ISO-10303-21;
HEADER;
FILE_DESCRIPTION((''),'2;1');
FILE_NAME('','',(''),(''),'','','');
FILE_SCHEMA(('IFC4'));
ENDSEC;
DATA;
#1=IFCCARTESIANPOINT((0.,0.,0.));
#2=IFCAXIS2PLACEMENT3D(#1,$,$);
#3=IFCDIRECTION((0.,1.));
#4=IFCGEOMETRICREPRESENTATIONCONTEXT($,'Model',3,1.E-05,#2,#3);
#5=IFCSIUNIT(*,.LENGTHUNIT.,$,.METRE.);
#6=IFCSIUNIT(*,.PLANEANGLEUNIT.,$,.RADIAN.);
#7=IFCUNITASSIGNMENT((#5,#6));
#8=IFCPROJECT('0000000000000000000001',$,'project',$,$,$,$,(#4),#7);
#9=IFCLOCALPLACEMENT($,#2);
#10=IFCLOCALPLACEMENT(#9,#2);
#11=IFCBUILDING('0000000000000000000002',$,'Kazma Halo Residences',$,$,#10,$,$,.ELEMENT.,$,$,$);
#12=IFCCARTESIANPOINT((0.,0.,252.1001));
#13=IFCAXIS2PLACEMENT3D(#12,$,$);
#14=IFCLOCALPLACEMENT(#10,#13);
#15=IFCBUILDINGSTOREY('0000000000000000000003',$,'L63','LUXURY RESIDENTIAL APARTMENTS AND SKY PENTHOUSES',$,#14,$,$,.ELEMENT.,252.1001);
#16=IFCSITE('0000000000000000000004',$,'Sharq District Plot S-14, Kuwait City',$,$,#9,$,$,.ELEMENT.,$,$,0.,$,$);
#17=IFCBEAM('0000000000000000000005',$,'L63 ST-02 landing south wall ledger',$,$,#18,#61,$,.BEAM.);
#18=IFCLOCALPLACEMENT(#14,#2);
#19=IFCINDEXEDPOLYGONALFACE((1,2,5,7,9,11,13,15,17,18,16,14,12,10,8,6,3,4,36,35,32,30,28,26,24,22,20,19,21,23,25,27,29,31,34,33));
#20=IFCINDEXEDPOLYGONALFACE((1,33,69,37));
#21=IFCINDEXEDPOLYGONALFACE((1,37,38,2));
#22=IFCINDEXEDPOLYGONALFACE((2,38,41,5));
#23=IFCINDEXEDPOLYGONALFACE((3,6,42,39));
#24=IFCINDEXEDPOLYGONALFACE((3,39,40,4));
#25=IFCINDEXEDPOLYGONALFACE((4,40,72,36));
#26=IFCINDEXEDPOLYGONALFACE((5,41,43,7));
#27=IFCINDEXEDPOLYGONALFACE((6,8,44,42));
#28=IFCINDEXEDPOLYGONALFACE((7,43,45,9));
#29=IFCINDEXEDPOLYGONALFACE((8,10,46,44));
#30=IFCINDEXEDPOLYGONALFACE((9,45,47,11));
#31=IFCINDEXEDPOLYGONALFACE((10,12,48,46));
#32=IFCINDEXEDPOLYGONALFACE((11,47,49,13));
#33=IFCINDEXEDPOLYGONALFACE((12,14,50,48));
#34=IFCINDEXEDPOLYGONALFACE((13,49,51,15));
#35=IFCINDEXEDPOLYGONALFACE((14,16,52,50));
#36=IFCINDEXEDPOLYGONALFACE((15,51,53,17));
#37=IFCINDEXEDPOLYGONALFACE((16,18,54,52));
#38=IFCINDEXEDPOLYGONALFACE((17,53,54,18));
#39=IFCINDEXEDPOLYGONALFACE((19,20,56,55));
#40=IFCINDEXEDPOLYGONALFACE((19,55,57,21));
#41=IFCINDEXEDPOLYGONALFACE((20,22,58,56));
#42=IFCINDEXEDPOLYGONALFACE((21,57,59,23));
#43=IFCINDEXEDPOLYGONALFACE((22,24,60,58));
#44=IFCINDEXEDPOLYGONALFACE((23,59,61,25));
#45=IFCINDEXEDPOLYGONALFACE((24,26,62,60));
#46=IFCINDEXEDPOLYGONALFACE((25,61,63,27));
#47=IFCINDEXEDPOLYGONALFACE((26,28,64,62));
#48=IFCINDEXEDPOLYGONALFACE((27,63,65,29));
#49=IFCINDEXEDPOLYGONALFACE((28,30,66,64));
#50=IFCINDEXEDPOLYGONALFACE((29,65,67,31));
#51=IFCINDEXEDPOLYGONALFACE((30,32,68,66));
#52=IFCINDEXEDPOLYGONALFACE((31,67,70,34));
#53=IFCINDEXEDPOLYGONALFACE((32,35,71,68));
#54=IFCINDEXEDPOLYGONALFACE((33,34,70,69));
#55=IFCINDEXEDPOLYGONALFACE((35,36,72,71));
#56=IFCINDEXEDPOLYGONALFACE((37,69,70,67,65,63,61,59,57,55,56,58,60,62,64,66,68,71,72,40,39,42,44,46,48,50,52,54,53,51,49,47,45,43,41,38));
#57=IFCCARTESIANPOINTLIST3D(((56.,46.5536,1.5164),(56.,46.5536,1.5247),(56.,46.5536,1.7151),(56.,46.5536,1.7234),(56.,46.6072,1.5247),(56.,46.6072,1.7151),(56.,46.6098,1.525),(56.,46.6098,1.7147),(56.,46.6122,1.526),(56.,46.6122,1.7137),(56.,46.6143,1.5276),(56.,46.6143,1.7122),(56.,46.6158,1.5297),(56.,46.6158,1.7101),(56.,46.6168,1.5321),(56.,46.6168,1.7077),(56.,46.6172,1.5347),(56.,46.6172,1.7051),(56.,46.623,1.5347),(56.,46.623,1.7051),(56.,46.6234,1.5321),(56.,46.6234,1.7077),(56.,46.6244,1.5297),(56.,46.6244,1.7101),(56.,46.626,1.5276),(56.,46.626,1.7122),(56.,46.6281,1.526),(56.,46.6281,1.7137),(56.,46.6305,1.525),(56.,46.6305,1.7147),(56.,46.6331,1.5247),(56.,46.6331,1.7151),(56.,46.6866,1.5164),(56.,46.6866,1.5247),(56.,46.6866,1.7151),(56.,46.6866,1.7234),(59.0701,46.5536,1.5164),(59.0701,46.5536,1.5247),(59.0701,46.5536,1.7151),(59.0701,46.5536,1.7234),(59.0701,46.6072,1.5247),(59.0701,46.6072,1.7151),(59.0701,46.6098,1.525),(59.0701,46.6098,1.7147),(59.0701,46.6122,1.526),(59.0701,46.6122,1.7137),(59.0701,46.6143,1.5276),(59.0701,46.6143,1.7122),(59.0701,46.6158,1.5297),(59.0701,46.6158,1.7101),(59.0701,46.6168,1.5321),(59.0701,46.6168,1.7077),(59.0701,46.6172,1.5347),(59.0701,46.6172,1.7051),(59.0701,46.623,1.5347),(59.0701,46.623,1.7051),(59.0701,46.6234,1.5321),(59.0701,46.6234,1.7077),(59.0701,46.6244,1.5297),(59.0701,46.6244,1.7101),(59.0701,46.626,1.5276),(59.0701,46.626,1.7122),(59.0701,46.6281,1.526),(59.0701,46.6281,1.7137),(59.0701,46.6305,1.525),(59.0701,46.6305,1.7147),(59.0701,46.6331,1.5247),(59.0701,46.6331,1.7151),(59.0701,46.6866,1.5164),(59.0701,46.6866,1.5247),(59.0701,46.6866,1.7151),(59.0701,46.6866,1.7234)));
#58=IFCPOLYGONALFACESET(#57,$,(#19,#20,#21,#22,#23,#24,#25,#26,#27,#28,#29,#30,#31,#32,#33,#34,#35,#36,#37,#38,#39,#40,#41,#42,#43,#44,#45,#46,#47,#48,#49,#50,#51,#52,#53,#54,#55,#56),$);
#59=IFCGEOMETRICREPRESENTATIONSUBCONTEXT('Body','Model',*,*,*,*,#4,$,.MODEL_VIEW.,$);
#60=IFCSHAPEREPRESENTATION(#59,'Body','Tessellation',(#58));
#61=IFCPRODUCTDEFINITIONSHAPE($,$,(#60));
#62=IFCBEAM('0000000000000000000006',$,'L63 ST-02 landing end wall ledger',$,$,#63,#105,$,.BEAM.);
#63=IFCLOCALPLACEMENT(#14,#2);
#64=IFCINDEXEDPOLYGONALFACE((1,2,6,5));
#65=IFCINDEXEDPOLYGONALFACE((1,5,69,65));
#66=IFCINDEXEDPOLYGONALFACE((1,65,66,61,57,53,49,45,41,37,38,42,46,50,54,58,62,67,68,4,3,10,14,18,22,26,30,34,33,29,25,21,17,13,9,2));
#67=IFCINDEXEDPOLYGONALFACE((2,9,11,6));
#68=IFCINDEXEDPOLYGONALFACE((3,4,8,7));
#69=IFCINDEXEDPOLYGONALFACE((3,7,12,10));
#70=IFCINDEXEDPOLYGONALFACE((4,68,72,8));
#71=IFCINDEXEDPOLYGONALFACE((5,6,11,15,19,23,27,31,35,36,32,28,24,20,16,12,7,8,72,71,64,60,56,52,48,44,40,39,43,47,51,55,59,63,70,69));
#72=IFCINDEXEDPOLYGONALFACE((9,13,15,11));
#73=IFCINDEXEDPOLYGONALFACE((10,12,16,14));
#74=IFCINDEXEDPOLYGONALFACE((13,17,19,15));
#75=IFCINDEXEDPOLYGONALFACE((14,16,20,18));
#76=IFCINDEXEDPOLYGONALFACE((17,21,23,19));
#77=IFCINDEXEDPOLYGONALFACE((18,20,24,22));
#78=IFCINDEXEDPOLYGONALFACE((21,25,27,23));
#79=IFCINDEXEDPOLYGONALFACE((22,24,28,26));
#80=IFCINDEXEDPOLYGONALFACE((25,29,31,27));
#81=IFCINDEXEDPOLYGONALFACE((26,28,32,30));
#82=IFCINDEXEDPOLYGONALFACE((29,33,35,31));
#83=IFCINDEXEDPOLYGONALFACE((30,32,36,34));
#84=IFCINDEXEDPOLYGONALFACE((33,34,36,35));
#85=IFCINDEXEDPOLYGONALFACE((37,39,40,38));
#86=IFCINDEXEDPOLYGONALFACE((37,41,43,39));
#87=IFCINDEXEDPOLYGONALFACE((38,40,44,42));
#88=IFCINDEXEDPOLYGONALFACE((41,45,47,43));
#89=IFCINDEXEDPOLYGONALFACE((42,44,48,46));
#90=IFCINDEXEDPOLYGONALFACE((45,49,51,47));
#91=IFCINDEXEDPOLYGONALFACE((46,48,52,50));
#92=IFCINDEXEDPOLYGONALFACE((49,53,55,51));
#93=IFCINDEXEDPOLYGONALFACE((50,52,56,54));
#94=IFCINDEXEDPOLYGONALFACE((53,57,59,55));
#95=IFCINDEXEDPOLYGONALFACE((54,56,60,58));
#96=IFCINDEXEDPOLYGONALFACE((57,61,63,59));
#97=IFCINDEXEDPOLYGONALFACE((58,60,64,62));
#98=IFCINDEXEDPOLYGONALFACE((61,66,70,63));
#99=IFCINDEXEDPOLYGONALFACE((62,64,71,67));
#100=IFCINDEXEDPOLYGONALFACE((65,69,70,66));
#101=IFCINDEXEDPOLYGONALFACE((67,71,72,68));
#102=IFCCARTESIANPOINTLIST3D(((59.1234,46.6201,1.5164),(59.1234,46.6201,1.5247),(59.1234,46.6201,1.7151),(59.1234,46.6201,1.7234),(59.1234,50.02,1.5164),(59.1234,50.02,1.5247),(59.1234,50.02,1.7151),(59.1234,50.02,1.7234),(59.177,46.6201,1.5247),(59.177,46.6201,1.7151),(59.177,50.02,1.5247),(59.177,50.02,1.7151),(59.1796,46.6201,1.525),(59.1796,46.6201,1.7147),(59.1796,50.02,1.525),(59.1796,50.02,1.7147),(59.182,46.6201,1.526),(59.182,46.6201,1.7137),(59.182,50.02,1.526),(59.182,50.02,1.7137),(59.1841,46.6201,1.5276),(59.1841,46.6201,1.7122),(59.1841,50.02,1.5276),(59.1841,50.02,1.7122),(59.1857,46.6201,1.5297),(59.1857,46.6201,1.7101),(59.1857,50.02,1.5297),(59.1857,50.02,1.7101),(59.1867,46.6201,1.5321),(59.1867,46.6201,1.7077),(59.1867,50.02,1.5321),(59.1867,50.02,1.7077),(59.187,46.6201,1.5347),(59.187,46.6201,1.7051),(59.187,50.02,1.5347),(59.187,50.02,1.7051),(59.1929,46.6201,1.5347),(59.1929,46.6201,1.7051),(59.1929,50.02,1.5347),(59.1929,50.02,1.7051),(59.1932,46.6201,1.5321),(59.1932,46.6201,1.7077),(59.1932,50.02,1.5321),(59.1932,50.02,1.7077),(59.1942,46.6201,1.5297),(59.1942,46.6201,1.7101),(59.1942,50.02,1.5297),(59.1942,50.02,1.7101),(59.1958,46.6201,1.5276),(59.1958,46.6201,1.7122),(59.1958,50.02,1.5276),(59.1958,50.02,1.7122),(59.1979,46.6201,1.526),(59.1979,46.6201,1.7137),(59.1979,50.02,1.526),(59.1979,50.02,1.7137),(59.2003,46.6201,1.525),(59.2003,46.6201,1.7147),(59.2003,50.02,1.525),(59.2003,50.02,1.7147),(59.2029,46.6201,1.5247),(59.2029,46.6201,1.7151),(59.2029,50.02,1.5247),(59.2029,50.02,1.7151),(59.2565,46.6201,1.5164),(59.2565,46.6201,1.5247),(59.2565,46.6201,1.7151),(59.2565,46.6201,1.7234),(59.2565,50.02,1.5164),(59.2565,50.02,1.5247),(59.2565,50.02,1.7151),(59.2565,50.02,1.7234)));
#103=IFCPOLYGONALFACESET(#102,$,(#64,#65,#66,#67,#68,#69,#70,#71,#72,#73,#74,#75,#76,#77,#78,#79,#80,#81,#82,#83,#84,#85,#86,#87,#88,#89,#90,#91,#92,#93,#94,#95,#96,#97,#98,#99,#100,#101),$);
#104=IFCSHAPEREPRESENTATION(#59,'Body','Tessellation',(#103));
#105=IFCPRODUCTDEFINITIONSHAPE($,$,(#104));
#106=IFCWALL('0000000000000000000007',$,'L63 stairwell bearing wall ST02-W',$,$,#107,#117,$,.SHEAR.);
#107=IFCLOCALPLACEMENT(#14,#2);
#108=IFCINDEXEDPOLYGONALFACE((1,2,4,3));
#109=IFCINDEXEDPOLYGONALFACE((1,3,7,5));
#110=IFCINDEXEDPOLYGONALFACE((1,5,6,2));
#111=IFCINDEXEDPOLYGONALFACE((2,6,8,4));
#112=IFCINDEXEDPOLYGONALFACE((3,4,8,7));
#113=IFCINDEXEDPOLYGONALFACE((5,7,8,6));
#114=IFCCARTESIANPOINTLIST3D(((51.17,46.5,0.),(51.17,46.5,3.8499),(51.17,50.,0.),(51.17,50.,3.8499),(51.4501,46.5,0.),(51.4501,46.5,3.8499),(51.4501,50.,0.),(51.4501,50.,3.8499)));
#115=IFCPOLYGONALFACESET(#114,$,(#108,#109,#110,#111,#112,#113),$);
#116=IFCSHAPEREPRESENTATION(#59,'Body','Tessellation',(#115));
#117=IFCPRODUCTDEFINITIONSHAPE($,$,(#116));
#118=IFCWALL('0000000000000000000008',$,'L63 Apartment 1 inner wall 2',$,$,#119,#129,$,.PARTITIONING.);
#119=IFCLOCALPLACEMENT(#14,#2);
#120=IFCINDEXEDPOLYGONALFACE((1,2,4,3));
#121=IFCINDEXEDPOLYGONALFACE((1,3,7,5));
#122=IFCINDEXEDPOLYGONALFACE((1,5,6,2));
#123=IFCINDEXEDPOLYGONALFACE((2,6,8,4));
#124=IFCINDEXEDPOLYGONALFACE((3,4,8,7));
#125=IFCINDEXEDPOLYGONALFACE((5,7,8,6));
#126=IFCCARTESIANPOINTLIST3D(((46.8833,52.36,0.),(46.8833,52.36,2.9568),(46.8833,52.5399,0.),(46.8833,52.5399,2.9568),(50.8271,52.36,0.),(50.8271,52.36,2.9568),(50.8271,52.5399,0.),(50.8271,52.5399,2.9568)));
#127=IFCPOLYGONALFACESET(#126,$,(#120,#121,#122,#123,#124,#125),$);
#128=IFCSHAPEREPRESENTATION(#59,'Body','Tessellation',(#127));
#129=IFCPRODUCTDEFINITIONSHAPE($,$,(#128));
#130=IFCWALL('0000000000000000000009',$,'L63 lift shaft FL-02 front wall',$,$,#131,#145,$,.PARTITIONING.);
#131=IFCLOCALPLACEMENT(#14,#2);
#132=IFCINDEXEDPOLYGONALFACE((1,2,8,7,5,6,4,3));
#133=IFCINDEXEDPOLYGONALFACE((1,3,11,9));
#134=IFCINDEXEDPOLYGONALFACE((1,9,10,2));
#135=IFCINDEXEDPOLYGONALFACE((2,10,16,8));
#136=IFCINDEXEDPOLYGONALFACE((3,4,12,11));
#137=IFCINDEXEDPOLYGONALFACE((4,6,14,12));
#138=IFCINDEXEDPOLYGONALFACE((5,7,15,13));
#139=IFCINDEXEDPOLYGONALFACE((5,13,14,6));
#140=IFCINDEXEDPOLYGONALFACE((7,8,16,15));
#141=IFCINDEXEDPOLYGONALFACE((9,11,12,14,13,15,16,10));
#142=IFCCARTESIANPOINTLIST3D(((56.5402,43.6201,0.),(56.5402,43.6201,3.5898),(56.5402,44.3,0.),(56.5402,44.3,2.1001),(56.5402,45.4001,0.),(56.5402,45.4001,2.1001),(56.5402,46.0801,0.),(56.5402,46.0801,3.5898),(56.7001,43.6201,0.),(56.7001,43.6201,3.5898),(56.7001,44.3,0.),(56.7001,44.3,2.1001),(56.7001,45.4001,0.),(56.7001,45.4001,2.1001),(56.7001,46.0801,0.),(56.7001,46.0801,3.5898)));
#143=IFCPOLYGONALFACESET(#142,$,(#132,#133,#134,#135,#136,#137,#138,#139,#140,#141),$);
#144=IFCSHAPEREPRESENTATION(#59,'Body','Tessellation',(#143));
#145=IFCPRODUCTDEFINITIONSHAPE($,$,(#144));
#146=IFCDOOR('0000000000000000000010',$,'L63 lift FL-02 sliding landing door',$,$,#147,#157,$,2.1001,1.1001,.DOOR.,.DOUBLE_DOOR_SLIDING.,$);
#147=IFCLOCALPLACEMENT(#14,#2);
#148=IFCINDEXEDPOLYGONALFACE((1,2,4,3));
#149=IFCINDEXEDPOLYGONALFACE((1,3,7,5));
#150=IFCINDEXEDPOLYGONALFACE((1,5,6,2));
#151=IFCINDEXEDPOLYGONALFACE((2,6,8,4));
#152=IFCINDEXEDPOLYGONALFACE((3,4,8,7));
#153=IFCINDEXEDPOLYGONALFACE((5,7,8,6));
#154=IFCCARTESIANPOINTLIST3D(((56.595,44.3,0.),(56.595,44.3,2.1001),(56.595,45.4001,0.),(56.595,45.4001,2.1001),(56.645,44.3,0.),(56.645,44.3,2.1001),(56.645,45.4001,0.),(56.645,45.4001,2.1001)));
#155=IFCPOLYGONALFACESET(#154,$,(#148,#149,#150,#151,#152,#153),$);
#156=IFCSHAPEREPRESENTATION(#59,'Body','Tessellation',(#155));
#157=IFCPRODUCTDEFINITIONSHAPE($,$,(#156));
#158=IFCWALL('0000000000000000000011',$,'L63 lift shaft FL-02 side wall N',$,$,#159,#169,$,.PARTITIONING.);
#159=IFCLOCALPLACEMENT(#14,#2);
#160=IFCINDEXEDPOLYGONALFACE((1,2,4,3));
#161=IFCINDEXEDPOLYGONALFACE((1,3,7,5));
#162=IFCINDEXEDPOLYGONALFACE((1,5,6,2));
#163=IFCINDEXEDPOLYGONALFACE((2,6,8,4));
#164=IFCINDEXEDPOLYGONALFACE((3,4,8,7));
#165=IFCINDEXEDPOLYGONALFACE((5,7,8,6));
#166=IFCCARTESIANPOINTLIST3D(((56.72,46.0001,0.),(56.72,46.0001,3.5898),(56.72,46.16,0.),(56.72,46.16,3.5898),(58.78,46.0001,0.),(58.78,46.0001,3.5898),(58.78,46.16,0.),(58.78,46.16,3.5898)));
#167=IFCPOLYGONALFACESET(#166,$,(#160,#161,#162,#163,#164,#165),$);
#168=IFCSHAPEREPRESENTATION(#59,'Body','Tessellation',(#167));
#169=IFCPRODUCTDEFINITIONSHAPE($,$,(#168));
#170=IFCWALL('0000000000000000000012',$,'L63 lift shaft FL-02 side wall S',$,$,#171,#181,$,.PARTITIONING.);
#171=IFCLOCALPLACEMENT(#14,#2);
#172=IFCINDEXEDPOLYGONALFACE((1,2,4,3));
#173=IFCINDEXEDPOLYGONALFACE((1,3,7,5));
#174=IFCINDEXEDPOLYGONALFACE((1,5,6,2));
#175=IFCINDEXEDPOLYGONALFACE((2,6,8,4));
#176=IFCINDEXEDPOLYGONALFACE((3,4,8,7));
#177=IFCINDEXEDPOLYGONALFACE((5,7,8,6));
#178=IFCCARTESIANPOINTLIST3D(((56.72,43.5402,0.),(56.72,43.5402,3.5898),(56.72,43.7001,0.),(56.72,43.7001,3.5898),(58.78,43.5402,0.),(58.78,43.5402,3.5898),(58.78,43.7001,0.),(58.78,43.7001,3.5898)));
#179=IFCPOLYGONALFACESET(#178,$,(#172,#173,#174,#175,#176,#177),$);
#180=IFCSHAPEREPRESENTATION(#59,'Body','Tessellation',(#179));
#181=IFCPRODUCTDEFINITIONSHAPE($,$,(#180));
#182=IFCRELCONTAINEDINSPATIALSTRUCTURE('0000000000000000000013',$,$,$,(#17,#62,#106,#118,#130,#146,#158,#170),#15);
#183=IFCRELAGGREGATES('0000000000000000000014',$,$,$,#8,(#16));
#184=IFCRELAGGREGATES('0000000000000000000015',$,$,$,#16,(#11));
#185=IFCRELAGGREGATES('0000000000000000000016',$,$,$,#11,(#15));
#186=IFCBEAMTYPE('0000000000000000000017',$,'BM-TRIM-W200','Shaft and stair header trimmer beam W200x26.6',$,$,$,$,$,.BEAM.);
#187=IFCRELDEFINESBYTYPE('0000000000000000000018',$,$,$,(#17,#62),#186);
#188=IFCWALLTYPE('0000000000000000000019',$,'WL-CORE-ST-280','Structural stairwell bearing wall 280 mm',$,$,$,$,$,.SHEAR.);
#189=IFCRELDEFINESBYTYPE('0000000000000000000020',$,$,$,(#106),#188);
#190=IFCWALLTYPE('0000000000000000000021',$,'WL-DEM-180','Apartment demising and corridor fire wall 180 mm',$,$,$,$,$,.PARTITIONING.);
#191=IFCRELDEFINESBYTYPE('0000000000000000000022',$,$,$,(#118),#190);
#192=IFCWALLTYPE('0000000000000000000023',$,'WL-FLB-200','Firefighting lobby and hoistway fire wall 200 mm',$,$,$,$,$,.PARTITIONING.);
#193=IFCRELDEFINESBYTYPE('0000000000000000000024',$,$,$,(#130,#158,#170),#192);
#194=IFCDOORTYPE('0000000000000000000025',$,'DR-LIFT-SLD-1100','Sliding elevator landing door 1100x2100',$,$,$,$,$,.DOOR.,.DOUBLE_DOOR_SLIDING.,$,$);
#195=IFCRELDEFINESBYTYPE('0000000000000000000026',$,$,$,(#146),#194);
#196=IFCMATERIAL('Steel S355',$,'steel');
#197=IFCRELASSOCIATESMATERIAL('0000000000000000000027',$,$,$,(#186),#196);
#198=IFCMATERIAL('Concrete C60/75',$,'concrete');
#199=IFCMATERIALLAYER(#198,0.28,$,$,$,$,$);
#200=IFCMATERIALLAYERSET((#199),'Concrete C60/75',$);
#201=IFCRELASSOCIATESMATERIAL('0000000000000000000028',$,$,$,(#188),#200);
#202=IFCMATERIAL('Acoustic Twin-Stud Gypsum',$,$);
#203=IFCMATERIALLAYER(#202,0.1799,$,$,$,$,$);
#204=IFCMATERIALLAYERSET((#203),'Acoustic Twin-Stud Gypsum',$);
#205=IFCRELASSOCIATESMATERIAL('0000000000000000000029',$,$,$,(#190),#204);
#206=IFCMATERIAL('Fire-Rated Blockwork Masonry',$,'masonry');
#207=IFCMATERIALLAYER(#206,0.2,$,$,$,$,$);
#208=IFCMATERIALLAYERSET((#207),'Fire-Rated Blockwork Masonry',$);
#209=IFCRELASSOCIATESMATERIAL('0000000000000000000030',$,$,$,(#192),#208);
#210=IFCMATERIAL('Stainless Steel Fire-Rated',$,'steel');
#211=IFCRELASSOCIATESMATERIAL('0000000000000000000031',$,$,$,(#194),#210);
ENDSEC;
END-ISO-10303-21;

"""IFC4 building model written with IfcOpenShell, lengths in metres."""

from ifc_helpers import new_model, si_unit, direction, frame, frame_2d, origin, origin_2d, place, context, subcontext, project, spatial, rectangle, i_section, extrude, material, layer, layer_set, material_profile, profile_set, type_object, element, fill, save


model = new_model("IFC4")

# Units and contexts
model_context = context("Model", 3, precision=1e-05, world=origin(), true_north=direction((0.0, 1.0)))
body_context = subcontext(model_context, "Body", "Model", "MODEL_VIEW")
ifc_project = project(units=[si_unit("LENGTHUNIT", "METRE"), si_unit("PLANEANGLEUNIT", "RADIAN")], contexts=[model_context])

# Site, building, storey
site_placement = place(None, origin())
site = spatial("IfcSite", under=ifc_project, at=site_placement, Name="Sharq District Plot S-14, Kuwait City", CompositionType="ELEMENT", RefElevation=0.0)
building_placement = place(site_placement, origin())
building = spatial("IfcBuilding", under=site, at=building_placement, Name="Kazma Halo Residences", CompositionType="ELEMENT")
storey_placement = place(building_placement, frame((0.0, 0.0, 252.1001)))
storey = spatial("IfcBuildingStorey", under=building, at=storey_placement, Name="L63", Description="LUXURY RESIDENTIAL APARTMENTS AND SKY PENTHOUSES", CompositionType="ELEMENT", Elevation=252.1001)

# Shared definitions
ifc_material_1 = material(Name="Steel S355", Category="steel")

# Beams
ifc_material_profile_1 = material_profile(ifc_material_1, i_section(OverallWidth=0.1331, OverallDepth=0.207, WebThickness=0.0059, FlangeThickness=0.0083, FilletRadius=0.01, at=origin_2d()), Name="W200x26.6")
ifc_profile_set_1 = profile_set([ifc_material_profile_1], Name="Steel S355")
beam_type_1 = type_object("IfcBeamType", Name="BM-TRIM-W200", Description="Shaft and stair header trimmer beam W200x26.6", PredefinedType="BEAM", material=ifc_profile_set_1)
beam_1_placement = place(storey_placement, frame((56.0, 46.6201, 1.6199), z_axis=(1.0, 0.0, 0.0), x_axis=(0.0, 1.0, 0.0)))
element("IfcBeam", 1, at=beam_1_placement, inside=storey, type_object=beam_type_1, Name="L63 ST-02 landing south wall ledger", PredefinedType="BEAM", context=body_context, shape_type="SweptSolid", body=[
    extrude(i_section(OverallWidth=0.1331, OverallDepth=0.207, WebThickness=0.0059, FlangeThickness=0.0083, FilletRadius=0.01, at=origin_2d()), origin(), (0.0, 0.0, 1.0), 3.0701),
])
beam_2_placement = place(storey_placement, frame((59.1899, 46.6201, 1.6199), z_axis=(0.0, 1.0, 0.0), x_axis=(-1.0, 0.0, 0.0)))
element("IfcBeam", 2, at=beam_2_placement, inside=storey, type_object=beam_type_1, Name="L63 ST-02 landing end wall ledger", PredefinedType="BEAM", context=body_context, shape_type="SweptSolid", body=[
    extrude(i_section(OverallWidth=0.1331, OverallDepth=0.207, WebThickness=0.0059, FlangeThickness=0.0083, FilletRadius=0.01, at=origin_2d()), origin(), (0.0, 0.0, 1.0), 3.3999),
])

# Walls
ifc_material_2 = material(Name="Concrete C60/75", Category="concrete")
ifc_layer_1 = layer(ifc_material_2, 0.28)
ifc_layer_set_1 = layer_set([ifc_layer_1], Name="Concrete C60/75")
wall_type_1 = type_object("IfcWallType", Name="WL-CORE-ST-280", Description="Structural stairwell bearing wall 280 mm", PredefinedType="SHEAR", material=ifc_layer_set_1)
wall_1_placement = place(storey_placement, frame((51.3101, 46.5, 0.0), z_axis=(0.0, 0.0, 1.0), x_axis=(0.0, 1.0, 0.0)))
element("IfcWall", 3, at=wall_1_placement, inside=storey, type_object=wall_type_1, Name="L63 stairwell bearing wall ST02-W", PredefinedType="SHEAR", context=body_context, shape_type="SweptSolid", body=[
    extrude(rectangle(XDim=3.5, YDim=0.28, at=frame_2d((1.75, 0.0))), origin(), (0.0, 0.0, 1.0), 3.8499),
])
ifc_material_3 = material(Name="Acoustic Twin-Stud Gypsum")
ifc_layer_2 = layer(ifc_material_3, 0.1799)
ifc_layer_set_2 = layer_set([ifc_layer_2], Name="Acoustic Twin-Stud Gypsum")
wall_type_2 = type_object("IfcWallType", Name="WL-DEM-180", Description="Apartment demising and corridor fire wall 180 mm", PredefinedType="PARTITIONING", material=ifc_layer_set_2)
wall_2_placement = place(storey_placement, frame((50.8271, 52.45, 0.0), z_axis=(0.0, 0.0, 1.0), x_axis=(-1.0, 0.0, 0.0)))
element("IfcWall", 4, at=wall_2_placement, inside=storey, type_object=wall_type_2, Name="L63 Apartment 1 inner wall 2", PredefinedType="PARTITIONING", context=body_context, shape_type="SweptSolid", body=[
    extrude(rectangle(XDim=3.9438, YDim=0.1799, at=frame_2d((1.9719, 0.0))), origin(), (0.0, 0.0, 1.0), 2.9568),
])

# Wall, opening, door
ifc_material_4 = material(Name="Fire-Rated Blockwork Masonry", Category="masonry")
ifc_layer_3 = layer(ifc_material_4, 0.2)
ifc_layer_set_3 = layer_set([ifc_layer_3], Name="Fire-Rated Blockwork Masonry")
wall_type_3 = type_object("IfcWallType", Name="WL-FLB-200", Description="Firefighting lobby and hoistway fire wall 200 mm", PredefinedType="PARTITIONING", material=ifc_layer_set_3)
wall_3_placement = place(storey_placement, frame((56.6201, 46.0801, 0.0), z_axis=(0.0, 0.0, 1.0), x_axis=(0.0, -1.0, 0.0)))
wall_3 = element("IfcWall", 5, at=wall_3_placement, inside=storey, type_object=wall_type_3, Name="L63 lift shaft FL-02 front wall", PredefinedType="PARTITIONING", context=body_context, shape_type="SweptSolid", body=[
    extrude(rectangle(XDim=2.46, YDim=0.1599, at=frame_2d((1.23, 0.0))), origin(), (0.0, 0.0, 1.0), 3.5898),
])
opening_1_placement = place(wall_3_placement, frame((0.6799, 0.0, 0.0)))
opening_1 = element("IfcOpeningElement", 6, at=opening_1_placement, cuts=wall_3, PredefinedType="OPENING", context=body_context, shape_type="SweptSolid", body=[
    extrude(rectangle(XDim=1.1001, YDim=2.1001, at=frame_2d((0.55, 1.05))), frame((0.0, 0.0898, 0.0), z_axis=(0.0, -1.0, 0.0), x_axis=(1.0, 0.0, 0.0)), (0.0, 0.0, 1.0), 0.1799),
])
ifc_material_5 = material(Name="Stainless Steel Fire-Rated", Category="steel")
door_type_1 = type_object("IfcDoorType", Name="DR-LIFT-SLD-1100", Description="Sliding elevator landing door 1100x2100", OperationType="DOUBLE_DOOR_SLIDING", PredefinedType="DOOR", material=ifc_material_5)
door_1_placement = place(opening_1_placement, origin())
door_1 = element("IfcDoor", 7, at=door_1_placement, inside=storey, type_object=door_type_1, Name="L63 lift FL-02 sliding landing door", OperationType="DOUBLE_DOOR_SLIDING", OverallHeight=2.1001, OverallWidth=1.1001, PredefinedType="DOOR", context=body_context, shape_type="SweptSolid", body=[
    extrude(rectangle(XDim=1.1001, YDim=2.1001, at=frame_2d((0.55, 1.05))), frame((0.0, 0.0249, 0.0), z_axis=(0.0, -1.0, 0.0), x_axis=(1.0, 0.0, 0.0)), (0.0, 0.0, 1.0), 0.05),
])
fill(opening_1, door_1)

# Walls
for number, where, z_axis, x_axis, name in (
    (8, (56.72, 46.0801, 0.0), (0.0, 0.0, 1.0), (1.0, 0.0, 0.0), "L63 lift shaft FL-02 side wall N"),
    (9, (56.72, 43.6201, 0.0), (0.0, 0.0, 1.0), (1.0, 0.0, 0.0), "L63 lift shaft FL-02 side wall S"),
):
    element("IfcWall", number, at=place(storey_placement, frame(where, z_axis=z_axis, x_axis=x_axis)), inside=storey, type_object=wall_type_3, Name=name, PredefinedType="PARTITIONING", context=body_context, shape_type="SweptSolid", body=[
        extrude(rectangle(XDim=2.0601, YDim=0.1599, at=frame_2d((1.03, 0.0))), origin(), (0.0, 0.0, 1.0), 3.5898),
    ])

save(model, "model.ifc")
